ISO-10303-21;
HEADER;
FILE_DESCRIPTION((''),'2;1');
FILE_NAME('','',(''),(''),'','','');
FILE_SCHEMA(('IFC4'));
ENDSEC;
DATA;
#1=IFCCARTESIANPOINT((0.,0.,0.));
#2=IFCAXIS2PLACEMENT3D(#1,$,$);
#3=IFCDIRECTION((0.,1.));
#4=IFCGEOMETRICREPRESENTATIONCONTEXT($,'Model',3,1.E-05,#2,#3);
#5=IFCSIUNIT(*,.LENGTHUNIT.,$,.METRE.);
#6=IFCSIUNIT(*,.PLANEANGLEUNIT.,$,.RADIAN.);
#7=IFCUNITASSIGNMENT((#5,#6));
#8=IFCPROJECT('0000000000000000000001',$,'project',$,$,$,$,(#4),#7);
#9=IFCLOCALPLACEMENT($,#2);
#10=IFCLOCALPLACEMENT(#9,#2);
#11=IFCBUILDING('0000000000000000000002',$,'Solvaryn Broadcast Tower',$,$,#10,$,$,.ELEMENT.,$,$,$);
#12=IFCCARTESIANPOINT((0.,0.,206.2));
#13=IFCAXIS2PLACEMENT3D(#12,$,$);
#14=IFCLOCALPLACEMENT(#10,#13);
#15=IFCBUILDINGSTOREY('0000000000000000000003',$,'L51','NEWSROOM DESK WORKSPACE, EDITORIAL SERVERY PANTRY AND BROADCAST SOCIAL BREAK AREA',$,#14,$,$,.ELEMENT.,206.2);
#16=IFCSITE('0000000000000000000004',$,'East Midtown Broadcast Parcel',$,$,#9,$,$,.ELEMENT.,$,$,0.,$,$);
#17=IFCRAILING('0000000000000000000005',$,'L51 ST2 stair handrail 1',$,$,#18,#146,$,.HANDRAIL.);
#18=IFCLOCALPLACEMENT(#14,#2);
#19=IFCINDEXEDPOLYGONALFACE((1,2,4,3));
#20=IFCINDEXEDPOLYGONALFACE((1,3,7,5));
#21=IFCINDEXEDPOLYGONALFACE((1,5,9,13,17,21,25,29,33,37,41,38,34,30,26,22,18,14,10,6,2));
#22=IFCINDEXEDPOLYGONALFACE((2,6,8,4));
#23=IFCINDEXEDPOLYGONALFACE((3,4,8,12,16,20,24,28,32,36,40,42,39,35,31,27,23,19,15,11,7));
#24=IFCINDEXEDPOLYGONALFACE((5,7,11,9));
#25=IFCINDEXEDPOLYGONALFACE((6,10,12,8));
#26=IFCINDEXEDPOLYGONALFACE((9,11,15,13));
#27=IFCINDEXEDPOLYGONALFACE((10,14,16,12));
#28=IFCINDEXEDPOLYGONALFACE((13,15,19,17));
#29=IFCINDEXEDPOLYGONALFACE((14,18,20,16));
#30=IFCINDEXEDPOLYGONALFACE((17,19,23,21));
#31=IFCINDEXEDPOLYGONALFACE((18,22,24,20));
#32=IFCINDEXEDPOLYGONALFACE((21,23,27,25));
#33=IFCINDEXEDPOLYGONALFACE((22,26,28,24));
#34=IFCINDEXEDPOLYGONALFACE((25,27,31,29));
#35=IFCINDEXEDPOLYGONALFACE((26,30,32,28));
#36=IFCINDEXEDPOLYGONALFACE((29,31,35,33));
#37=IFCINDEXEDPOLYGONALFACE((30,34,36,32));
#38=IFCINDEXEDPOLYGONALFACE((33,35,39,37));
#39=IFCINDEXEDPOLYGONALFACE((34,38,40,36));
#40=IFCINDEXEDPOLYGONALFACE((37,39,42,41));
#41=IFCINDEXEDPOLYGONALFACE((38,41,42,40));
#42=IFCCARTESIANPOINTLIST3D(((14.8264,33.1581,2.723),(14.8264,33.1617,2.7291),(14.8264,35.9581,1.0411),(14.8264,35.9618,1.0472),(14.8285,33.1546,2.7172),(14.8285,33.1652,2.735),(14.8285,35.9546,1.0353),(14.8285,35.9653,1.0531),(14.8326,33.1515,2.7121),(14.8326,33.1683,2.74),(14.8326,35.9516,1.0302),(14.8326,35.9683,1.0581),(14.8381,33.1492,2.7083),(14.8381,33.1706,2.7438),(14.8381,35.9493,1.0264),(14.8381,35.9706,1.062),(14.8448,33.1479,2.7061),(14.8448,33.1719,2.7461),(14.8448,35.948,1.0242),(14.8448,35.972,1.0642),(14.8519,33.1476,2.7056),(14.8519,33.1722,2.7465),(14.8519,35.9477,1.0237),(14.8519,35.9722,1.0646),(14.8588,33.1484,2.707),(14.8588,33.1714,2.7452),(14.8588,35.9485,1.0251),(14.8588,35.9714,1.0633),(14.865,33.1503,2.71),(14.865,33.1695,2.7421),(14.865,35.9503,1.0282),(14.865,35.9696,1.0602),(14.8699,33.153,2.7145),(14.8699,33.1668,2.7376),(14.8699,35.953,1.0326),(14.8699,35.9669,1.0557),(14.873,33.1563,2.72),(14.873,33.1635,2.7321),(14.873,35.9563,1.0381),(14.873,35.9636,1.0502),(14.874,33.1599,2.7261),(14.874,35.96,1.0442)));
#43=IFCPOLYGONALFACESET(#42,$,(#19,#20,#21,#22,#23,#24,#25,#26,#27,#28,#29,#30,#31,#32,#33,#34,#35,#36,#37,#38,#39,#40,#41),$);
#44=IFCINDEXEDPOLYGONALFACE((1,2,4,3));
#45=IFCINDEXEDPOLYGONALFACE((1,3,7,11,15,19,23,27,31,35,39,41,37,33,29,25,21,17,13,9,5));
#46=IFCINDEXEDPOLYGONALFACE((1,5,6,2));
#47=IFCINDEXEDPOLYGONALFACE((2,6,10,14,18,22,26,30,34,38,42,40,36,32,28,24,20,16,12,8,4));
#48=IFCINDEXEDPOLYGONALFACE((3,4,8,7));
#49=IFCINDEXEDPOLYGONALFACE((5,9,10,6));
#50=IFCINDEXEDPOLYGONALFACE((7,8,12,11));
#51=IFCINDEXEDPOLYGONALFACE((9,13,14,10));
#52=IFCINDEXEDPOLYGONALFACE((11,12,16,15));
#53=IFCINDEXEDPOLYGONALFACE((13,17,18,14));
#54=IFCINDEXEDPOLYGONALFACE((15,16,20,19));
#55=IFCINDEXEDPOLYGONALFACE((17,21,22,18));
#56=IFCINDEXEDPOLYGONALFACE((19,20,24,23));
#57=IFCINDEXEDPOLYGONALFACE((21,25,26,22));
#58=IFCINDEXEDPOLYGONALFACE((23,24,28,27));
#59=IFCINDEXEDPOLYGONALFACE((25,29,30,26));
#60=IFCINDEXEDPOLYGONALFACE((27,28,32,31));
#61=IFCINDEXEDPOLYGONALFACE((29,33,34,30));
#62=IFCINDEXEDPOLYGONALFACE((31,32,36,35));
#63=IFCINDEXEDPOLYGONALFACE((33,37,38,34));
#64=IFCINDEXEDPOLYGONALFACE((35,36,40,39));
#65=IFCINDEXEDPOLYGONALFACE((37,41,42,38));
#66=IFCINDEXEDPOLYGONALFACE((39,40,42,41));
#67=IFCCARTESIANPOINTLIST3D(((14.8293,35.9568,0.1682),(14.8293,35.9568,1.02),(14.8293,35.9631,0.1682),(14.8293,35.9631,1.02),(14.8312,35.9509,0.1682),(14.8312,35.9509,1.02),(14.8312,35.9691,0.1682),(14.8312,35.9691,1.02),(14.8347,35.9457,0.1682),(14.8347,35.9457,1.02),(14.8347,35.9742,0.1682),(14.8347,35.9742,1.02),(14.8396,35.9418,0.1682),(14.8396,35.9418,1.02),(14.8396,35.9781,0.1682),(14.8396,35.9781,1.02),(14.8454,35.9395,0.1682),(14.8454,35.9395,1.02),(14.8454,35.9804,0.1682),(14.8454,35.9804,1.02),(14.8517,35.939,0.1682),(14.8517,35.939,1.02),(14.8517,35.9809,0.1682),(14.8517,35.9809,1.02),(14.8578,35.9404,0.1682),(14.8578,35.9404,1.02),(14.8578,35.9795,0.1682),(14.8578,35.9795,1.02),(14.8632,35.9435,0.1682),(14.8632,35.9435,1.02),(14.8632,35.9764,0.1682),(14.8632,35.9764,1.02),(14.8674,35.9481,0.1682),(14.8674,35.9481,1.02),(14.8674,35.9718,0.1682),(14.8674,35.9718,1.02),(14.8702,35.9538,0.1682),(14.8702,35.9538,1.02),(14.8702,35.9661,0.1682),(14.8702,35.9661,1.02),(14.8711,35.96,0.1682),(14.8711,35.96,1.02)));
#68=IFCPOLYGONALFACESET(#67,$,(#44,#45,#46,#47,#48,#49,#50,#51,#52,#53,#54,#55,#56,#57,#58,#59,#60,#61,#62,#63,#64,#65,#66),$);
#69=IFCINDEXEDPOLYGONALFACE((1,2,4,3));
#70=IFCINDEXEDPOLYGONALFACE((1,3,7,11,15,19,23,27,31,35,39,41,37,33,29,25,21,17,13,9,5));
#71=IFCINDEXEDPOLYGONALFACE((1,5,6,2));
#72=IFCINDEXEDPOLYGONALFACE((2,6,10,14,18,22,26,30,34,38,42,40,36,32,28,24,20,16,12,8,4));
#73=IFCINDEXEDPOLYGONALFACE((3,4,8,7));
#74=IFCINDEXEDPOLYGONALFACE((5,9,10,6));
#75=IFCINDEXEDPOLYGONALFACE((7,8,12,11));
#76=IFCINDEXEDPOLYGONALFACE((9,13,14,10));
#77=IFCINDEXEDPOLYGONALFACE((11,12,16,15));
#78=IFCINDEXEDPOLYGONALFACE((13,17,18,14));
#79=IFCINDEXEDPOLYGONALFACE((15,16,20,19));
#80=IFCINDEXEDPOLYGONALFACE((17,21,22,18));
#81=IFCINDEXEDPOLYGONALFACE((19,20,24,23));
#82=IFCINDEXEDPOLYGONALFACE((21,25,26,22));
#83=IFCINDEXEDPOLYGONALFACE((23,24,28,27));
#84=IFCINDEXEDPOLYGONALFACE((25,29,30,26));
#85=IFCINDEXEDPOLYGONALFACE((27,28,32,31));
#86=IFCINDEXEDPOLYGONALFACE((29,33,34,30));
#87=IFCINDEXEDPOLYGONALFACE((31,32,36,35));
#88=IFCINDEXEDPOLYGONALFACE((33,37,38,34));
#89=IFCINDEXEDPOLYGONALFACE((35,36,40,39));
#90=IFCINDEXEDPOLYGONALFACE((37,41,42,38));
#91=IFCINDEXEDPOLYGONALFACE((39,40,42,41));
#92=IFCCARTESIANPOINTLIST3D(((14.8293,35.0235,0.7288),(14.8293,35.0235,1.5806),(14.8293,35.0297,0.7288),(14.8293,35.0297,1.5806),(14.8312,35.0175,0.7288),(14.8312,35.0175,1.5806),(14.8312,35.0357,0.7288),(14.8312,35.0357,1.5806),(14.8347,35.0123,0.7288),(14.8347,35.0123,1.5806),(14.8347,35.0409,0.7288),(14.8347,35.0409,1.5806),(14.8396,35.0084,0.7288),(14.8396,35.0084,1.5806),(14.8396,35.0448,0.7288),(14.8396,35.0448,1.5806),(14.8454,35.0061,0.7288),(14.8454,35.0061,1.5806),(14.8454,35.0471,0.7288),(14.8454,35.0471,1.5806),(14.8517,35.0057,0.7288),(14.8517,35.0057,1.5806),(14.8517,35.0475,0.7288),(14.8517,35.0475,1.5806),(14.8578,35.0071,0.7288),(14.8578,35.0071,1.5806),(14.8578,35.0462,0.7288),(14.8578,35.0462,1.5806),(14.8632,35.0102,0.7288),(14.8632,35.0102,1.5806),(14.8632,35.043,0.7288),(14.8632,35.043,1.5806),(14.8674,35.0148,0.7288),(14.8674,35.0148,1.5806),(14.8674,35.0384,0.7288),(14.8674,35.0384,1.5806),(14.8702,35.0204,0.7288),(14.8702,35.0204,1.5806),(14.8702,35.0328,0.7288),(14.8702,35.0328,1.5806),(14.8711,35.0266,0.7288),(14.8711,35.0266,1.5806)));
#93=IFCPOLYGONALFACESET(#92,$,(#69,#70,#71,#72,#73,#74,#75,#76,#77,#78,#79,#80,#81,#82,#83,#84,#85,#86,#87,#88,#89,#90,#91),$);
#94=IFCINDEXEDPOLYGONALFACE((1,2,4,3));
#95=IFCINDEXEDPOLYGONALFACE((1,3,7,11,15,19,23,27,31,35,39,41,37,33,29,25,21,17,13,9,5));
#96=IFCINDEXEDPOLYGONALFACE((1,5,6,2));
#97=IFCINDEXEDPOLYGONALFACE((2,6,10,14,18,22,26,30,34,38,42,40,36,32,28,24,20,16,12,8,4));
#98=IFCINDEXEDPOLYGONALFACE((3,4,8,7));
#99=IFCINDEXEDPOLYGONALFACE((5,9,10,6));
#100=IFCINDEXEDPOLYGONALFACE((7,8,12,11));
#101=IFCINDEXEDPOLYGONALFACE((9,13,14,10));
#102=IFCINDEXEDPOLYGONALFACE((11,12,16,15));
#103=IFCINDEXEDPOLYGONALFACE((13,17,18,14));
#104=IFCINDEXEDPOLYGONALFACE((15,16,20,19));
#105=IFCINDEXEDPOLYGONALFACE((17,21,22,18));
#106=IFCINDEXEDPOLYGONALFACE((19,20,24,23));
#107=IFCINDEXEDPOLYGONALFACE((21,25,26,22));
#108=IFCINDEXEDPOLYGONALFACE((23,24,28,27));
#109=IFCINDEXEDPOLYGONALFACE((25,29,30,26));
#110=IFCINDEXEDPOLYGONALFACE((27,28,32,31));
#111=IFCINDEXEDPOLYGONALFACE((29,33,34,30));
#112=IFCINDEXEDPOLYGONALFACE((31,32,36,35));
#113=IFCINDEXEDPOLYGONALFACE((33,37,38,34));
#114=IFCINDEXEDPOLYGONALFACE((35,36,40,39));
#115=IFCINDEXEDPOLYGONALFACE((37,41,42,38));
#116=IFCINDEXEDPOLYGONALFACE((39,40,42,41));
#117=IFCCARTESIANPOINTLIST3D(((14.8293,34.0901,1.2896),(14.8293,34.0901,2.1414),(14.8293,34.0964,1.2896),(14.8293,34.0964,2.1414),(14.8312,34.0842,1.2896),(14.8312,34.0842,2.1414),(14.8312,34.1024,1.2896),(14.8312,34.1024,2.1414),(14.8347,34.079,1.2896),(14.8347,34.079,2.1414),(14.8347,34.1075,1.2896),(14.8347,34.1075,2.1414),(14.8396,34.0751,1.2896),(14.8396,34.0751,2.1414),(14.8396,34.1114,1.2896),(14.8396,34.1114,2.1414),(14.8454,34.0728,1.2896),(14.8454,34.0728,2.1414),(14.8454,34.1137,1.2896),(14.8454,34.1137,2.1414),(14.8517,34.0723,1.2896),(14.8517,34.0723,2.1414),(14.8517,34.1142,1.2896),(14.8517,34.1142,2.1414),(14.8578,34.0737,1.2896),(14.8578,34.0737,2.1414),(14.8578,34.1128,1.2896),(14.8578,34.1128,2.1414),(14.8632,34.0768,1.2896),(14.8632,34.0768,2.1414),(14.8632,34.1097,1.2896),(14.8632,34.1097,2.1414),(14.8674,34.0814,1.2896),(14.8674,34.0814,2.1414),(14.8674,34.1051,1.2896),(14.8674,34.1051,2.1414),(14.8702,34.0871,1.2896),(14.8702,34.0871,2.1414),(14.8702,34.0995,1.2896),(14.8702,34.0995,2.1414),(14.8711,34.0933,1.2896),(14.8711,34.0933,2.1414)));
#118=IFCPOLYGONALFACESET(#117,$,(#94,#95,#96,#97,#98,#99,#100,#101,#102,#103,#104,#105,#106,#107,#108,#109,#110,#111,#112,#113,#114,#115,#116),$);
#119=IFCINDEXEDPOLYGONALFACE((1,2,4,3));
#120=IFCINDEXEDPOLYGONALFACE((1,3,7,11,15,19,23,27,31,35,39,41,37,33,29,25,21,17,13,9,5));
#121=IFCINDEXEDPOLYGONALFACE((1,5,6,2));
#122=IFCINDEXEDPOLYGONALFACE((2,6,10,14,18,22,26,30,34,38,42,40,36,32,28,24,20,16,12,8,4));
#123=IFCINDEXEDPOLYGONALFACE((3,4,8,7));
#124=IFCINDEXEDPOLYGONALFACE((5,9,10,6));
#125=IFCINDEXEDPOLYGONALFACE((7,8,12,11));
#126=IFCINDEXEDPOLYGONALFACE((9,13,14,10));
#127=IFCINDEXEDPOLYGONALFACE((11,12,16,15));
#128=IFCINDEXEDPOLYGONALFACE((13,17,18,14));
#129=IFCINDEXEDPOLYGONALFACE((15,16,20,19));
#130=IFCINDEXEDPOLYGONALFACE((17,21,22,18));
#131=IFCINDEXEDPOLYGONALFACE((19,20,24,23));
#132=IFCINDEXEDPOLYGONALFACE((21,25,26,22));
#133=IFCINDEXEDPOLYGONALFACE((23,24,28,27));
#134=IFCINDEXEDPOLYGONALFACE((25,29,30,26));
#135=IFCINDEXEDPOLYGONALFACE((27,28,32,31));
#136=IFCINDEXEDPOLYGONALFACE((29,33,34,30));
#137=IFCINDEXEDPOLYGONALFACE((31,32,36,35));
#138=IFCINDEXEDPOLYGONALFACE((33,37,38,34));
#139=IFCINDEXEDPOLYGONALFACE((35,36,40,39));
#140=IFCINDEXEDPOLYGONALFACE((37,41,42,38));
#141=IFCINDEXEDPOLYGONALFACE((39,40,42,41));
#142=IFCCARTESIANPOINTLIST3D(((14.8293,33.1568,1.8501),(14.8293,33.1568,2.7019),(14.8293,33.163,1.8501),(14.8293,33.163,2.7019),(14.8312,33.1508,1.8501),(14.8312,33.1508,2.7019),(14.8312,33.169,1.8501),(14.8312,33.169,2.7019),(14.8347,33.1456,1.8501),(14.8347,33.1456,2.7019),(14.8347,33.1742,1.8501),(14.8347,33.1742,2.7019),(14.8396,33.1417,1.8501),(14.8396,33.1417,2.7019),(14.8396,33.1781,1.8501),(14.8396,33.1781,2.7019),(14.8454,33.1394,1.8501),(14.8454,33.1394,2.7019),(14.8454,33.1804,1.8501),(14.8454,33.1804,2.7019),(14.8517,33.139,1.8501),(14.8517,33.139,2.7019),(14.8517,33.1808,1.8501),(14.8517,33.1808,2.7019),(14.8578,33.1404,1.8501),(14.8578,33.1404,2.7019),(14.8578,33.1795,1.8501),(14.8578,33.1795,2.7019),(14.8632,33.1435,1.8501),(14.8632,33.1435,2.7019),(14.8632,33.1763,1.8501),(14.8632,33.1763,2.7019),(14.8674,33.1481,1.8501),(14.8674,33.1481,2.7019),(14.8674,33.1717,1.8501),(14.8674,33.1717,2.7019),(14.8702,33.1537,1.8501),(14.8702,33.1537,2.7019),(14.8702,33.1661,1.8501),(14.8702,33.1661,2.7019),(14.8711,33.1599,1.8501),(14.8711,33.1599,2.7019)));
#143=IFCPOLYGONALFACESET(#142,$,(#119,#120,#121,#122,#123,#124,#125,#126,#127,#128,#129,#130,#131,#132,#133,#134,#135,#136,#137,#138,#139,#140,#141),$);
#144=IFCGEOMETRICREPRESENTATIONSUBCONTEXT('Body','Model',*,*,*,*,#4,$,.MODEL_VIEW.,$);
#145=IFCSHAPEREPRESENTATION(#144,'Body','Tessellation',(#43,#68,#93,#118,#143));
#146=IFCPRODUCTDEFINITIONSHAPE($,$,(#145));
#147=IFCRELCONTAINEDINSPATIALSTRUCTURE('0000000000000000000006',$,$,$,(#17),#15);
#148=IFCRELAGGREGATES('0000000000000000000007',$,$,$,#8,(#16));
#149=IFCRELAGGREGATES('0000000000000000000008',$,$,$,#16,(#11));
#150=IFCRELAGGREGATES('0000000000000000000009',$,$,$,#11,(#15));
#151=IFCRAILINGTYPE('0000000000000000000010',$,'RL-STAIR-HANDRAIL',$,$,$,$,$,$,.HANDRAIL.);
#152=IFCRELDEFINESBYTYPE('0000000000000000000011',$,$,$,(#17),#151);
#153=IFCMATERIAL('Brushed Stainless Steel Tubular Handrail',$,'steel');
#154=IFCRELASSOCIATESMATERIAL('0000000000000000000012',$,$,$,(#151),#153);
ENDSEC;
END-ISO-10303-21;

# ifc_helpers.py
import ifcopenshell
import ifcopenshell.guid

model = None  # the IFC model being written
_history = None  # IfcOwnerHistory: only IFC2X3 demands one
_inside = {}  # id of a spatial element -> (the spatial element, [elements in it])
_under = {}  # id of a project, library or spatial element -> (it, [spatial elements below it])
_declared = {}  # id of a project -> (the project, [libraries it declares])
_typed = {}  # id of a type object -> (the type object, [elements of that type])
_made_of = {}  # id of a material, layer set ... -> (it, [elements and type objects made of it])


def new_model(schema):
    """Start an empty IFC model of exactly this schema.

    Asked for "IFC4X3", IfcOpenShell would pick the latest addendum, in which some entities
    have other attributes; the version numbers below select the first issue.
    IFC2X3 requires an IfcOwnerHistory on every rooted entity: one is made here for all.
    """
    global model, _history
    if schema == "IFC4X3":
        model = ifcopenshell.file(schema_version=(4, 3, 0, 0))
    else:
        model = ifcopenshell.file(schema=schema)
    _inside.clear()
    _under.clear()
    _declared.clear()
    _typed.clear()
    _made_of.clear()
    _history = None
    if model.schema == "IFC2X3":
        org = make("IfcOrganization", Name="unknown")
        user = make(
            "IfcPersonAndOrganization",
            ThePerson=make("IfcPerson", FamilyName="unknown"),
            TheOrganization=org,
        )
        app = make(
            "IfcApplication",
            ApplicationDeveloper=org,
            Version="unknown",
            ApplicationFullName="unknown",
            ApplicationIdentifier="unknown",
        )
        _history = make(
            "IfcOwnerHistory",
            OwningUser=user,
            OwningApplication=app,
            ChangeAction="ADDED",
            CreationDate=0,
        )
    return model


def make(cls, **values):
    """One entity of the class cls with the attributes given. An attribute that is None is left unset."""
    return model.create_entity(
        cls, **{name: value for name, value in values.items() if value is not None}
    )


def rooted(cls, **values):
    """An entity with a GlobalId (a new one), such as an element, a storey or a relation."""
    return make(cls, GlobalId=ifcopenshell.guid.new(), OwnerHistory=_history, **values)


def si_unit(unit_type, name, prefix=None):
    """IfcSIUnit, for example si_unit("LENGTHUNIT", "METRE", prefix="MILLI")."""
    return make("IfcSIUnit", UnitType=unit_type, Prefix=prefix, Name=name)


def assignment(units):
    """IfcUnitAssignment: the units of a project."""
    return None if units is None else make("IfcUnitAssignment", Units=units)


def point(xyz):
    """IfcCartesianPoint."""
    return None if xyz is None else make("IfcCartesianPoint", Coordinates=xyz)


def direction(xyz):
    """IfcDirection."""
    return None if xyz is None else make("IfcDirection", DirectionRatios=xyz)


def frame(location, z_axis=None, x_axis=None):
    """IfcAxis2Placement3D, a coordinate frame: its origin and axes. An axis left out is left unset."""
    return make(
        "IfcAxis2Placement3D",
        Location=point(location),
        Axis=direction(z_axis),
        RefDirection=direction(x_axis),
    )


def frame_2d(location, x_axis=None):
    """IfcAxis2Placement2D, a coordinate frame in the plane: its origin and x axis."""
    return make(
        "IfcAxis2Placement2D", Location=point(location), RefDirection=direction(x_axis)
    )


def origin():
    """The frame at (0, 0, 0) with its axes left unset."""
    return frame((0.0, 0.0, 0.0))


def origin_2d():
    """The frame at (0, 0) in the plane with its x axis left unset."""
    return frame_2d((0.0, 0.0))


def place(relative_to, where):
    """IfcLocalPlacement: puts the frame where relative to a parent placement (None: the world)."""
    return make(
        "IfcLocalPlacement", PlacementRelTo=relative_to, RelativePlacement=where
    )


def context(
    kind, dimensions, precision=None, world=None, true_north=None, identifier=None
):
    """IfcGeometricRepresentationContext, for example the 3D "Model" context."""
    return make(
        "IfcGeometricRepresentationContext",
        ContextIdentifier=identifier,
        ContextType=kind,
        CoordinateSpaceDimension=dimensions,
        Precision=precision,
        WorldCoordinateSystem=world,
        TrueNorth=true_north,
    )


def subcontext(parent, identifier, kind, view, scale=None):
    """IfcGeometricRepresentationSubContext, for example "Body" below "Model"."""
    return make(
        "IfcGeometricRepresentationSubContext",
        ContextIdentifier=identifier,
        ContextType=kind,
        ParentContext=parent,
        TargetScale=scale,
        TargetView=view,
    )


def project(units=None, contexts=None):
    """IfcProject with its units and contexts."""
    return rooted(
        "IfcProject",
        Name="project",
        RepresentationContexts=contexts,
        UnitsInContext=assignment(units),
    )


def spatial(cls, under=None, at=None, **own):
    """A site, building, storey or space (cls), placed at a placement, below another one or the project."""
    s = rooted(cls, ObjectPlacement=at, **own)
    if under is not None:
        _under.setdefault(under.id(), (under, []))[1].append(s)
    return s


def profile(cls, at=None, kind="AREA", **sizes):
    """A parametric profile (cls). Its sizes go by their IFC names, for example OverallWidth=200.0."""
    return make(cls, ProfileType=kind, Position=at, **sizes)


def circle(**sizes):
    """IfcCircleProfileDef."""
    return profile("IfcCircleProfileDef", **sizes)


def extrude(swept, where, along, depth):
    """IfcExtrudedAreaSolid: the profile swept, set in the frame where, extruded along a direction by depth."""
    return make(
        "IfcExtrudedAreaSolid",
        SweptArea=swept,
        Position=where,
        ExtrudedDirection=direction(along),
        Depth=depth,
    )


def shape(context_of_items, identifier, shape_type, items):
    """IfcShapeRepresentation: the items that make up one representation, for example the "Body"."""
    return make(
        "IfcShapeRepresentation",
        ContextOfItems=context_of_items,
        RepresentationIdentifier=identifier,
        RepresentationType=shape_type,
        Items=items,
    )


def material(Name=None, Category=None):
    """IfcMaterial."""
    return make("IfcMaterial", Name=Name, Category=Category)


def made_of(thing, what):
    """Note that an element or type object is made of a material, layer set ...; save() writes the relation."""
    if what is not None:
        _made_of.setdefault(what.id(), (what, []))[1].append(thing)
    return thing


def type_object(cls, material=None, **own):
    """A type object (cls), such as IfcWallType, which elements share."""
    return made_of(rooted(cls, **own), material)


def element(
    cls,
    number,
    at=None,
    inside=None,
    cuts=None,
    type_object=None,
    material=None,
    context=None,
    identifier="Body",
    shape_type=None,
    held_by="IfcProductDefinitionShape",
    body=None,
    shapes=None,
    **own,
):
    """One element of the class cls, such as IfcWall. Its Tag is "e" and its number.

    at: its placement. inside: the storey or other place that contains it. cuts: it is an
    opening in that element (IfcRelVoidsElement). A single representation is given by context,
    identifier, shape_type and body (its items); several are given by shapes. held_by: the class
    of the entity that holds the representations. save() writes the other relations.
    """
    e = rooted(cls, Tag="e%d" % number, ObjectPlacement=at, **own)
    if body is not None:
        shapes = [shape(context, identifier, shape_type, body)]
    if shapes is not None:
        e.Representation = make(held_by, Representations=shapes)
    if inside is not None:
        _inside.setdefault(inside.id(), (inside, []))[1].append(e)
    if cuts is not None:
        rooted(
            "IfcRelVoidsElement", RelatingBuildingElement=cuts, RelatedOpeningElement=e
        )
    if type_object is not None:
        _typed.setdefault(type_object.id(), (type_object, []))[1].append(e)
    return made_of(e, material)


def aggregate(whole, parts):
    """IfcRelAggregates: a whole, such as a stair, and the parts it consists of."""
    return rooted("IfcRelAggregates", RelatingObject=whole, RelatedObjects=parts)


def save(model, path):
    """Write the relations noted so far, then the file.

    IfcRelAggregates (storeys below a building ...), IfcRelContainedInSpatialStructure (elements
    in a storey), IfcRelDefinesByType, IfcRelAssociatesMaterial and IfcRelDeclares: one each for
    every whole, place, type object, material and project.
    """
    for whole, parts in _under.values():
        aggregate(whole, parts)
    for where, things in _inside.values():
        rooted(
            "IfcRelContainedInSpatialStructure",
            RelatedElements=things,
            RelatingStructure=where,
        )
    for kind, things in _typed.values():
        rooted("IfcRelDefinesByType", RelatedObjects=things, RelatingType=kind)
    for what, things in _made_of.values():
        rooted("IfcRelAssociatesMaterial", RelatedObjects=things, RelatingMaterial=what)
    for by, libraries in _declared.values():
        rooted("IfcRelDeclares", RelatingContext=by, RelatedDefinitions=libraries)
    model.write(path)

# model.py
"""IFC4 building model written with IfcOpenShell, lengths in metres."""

from ifc_helpers import new_model, si_unit, direction, frame, origin, origin_2d, place, context, subcontext, project, spatial, circle, extrude, material, type_object, element, save


model = new_model("IFC4")

# Units and contexts
model_context = context("Model", 3, precision=1e-05, world=origin(), true_north=direction((0.0, 1.0)))
body_context = subcontext(model_context, "Body", "Model", "MODEL_VIEW")
ifc_project = project(units=[si_unit("LENGTHUNIT", "METRE"), si_unit("PLANEANGLEUNIT", "RADIAN")], contexts=[model_context])

# Site, building, storey
site_placement = place(None, origin())
site = spatial("IfcSite", under=ifc_project, at=site_placement, Name="East Midtown Broadcast Parcel", CompositionType="ELEMENT", RefElevation=0.0)
building_placement = place(site_placement, origin())
building = spatial("IfcBuilding", under=site, at=building_placement, Name="Solvaryn Broadcast Tower", CompositionType="ELEMENT")
storey_placement = place(building_placement, frame((0.0, 0.0, 206.2)))
storey = spatial("IfcBuildingStorey", under=building, at=storey_placement, Name="L51", Description="NEWSROOM DESK WORKSPACE, EDITORIAL SERVERY PANTRY AND BROADCAST SOCIAL BREAK AREA", CompositionType="ELEMENT", Elevation=206.2)

# Railing
ifc_material_1 = material(Name="Brushed Stainless Steel Tubular Handrail", Category="steel")
railing_type_1 = type_object("IfcRailingType", Name="RL-STAIR-HANDRAIL", PredefinedType="HANDRAIL", material=ifc_material_1)
railing_1_placement = place(storey_placement, frame((14.8501, 35.96, 0.1682)))
element("IfcRailing", 1, at=railing_1_placement, inside=storey, type_object=railing_type_1, Name="L51 ST2 stair handrail 1", PredefinedType="HANDRAIL", context=body_context, shape_type="SweptSolid", body=[
    extrude(circle(Radius=0.0239, at=origin_2d()), frame((0.0, 0.0, 0.876), z_axis=(0.0, -0.857242, 0.514913), x_axis=(1.0, 0.0, 0.0)), (0.0, 0.0, 1.0), 3.2664),
    extrude(circle(Radius=0.021, at=origin_2d()), origin(), (0.0, 0.0, 1.0), 0.8518),
    extrude(circle(Radius=0.021, at=origin_2d()), frame((0.0, -0.9333, 0.5605)), (0.0, 0.0, 1.0), 0.8518),
    extrude(circle(Radius=0.021, at=origin_2d()), frame((0.0, -1.8667, 1.1213)), (0.0, 0.0, 1.0), 0.8518),
    extrude(circle(Radius=0.021, at=origin_2d()), frame((0.0, -2.8, 1.6819)), (0.0, 0.0, 1.0), 0.8518),
])

save(model, "model.ifc")
